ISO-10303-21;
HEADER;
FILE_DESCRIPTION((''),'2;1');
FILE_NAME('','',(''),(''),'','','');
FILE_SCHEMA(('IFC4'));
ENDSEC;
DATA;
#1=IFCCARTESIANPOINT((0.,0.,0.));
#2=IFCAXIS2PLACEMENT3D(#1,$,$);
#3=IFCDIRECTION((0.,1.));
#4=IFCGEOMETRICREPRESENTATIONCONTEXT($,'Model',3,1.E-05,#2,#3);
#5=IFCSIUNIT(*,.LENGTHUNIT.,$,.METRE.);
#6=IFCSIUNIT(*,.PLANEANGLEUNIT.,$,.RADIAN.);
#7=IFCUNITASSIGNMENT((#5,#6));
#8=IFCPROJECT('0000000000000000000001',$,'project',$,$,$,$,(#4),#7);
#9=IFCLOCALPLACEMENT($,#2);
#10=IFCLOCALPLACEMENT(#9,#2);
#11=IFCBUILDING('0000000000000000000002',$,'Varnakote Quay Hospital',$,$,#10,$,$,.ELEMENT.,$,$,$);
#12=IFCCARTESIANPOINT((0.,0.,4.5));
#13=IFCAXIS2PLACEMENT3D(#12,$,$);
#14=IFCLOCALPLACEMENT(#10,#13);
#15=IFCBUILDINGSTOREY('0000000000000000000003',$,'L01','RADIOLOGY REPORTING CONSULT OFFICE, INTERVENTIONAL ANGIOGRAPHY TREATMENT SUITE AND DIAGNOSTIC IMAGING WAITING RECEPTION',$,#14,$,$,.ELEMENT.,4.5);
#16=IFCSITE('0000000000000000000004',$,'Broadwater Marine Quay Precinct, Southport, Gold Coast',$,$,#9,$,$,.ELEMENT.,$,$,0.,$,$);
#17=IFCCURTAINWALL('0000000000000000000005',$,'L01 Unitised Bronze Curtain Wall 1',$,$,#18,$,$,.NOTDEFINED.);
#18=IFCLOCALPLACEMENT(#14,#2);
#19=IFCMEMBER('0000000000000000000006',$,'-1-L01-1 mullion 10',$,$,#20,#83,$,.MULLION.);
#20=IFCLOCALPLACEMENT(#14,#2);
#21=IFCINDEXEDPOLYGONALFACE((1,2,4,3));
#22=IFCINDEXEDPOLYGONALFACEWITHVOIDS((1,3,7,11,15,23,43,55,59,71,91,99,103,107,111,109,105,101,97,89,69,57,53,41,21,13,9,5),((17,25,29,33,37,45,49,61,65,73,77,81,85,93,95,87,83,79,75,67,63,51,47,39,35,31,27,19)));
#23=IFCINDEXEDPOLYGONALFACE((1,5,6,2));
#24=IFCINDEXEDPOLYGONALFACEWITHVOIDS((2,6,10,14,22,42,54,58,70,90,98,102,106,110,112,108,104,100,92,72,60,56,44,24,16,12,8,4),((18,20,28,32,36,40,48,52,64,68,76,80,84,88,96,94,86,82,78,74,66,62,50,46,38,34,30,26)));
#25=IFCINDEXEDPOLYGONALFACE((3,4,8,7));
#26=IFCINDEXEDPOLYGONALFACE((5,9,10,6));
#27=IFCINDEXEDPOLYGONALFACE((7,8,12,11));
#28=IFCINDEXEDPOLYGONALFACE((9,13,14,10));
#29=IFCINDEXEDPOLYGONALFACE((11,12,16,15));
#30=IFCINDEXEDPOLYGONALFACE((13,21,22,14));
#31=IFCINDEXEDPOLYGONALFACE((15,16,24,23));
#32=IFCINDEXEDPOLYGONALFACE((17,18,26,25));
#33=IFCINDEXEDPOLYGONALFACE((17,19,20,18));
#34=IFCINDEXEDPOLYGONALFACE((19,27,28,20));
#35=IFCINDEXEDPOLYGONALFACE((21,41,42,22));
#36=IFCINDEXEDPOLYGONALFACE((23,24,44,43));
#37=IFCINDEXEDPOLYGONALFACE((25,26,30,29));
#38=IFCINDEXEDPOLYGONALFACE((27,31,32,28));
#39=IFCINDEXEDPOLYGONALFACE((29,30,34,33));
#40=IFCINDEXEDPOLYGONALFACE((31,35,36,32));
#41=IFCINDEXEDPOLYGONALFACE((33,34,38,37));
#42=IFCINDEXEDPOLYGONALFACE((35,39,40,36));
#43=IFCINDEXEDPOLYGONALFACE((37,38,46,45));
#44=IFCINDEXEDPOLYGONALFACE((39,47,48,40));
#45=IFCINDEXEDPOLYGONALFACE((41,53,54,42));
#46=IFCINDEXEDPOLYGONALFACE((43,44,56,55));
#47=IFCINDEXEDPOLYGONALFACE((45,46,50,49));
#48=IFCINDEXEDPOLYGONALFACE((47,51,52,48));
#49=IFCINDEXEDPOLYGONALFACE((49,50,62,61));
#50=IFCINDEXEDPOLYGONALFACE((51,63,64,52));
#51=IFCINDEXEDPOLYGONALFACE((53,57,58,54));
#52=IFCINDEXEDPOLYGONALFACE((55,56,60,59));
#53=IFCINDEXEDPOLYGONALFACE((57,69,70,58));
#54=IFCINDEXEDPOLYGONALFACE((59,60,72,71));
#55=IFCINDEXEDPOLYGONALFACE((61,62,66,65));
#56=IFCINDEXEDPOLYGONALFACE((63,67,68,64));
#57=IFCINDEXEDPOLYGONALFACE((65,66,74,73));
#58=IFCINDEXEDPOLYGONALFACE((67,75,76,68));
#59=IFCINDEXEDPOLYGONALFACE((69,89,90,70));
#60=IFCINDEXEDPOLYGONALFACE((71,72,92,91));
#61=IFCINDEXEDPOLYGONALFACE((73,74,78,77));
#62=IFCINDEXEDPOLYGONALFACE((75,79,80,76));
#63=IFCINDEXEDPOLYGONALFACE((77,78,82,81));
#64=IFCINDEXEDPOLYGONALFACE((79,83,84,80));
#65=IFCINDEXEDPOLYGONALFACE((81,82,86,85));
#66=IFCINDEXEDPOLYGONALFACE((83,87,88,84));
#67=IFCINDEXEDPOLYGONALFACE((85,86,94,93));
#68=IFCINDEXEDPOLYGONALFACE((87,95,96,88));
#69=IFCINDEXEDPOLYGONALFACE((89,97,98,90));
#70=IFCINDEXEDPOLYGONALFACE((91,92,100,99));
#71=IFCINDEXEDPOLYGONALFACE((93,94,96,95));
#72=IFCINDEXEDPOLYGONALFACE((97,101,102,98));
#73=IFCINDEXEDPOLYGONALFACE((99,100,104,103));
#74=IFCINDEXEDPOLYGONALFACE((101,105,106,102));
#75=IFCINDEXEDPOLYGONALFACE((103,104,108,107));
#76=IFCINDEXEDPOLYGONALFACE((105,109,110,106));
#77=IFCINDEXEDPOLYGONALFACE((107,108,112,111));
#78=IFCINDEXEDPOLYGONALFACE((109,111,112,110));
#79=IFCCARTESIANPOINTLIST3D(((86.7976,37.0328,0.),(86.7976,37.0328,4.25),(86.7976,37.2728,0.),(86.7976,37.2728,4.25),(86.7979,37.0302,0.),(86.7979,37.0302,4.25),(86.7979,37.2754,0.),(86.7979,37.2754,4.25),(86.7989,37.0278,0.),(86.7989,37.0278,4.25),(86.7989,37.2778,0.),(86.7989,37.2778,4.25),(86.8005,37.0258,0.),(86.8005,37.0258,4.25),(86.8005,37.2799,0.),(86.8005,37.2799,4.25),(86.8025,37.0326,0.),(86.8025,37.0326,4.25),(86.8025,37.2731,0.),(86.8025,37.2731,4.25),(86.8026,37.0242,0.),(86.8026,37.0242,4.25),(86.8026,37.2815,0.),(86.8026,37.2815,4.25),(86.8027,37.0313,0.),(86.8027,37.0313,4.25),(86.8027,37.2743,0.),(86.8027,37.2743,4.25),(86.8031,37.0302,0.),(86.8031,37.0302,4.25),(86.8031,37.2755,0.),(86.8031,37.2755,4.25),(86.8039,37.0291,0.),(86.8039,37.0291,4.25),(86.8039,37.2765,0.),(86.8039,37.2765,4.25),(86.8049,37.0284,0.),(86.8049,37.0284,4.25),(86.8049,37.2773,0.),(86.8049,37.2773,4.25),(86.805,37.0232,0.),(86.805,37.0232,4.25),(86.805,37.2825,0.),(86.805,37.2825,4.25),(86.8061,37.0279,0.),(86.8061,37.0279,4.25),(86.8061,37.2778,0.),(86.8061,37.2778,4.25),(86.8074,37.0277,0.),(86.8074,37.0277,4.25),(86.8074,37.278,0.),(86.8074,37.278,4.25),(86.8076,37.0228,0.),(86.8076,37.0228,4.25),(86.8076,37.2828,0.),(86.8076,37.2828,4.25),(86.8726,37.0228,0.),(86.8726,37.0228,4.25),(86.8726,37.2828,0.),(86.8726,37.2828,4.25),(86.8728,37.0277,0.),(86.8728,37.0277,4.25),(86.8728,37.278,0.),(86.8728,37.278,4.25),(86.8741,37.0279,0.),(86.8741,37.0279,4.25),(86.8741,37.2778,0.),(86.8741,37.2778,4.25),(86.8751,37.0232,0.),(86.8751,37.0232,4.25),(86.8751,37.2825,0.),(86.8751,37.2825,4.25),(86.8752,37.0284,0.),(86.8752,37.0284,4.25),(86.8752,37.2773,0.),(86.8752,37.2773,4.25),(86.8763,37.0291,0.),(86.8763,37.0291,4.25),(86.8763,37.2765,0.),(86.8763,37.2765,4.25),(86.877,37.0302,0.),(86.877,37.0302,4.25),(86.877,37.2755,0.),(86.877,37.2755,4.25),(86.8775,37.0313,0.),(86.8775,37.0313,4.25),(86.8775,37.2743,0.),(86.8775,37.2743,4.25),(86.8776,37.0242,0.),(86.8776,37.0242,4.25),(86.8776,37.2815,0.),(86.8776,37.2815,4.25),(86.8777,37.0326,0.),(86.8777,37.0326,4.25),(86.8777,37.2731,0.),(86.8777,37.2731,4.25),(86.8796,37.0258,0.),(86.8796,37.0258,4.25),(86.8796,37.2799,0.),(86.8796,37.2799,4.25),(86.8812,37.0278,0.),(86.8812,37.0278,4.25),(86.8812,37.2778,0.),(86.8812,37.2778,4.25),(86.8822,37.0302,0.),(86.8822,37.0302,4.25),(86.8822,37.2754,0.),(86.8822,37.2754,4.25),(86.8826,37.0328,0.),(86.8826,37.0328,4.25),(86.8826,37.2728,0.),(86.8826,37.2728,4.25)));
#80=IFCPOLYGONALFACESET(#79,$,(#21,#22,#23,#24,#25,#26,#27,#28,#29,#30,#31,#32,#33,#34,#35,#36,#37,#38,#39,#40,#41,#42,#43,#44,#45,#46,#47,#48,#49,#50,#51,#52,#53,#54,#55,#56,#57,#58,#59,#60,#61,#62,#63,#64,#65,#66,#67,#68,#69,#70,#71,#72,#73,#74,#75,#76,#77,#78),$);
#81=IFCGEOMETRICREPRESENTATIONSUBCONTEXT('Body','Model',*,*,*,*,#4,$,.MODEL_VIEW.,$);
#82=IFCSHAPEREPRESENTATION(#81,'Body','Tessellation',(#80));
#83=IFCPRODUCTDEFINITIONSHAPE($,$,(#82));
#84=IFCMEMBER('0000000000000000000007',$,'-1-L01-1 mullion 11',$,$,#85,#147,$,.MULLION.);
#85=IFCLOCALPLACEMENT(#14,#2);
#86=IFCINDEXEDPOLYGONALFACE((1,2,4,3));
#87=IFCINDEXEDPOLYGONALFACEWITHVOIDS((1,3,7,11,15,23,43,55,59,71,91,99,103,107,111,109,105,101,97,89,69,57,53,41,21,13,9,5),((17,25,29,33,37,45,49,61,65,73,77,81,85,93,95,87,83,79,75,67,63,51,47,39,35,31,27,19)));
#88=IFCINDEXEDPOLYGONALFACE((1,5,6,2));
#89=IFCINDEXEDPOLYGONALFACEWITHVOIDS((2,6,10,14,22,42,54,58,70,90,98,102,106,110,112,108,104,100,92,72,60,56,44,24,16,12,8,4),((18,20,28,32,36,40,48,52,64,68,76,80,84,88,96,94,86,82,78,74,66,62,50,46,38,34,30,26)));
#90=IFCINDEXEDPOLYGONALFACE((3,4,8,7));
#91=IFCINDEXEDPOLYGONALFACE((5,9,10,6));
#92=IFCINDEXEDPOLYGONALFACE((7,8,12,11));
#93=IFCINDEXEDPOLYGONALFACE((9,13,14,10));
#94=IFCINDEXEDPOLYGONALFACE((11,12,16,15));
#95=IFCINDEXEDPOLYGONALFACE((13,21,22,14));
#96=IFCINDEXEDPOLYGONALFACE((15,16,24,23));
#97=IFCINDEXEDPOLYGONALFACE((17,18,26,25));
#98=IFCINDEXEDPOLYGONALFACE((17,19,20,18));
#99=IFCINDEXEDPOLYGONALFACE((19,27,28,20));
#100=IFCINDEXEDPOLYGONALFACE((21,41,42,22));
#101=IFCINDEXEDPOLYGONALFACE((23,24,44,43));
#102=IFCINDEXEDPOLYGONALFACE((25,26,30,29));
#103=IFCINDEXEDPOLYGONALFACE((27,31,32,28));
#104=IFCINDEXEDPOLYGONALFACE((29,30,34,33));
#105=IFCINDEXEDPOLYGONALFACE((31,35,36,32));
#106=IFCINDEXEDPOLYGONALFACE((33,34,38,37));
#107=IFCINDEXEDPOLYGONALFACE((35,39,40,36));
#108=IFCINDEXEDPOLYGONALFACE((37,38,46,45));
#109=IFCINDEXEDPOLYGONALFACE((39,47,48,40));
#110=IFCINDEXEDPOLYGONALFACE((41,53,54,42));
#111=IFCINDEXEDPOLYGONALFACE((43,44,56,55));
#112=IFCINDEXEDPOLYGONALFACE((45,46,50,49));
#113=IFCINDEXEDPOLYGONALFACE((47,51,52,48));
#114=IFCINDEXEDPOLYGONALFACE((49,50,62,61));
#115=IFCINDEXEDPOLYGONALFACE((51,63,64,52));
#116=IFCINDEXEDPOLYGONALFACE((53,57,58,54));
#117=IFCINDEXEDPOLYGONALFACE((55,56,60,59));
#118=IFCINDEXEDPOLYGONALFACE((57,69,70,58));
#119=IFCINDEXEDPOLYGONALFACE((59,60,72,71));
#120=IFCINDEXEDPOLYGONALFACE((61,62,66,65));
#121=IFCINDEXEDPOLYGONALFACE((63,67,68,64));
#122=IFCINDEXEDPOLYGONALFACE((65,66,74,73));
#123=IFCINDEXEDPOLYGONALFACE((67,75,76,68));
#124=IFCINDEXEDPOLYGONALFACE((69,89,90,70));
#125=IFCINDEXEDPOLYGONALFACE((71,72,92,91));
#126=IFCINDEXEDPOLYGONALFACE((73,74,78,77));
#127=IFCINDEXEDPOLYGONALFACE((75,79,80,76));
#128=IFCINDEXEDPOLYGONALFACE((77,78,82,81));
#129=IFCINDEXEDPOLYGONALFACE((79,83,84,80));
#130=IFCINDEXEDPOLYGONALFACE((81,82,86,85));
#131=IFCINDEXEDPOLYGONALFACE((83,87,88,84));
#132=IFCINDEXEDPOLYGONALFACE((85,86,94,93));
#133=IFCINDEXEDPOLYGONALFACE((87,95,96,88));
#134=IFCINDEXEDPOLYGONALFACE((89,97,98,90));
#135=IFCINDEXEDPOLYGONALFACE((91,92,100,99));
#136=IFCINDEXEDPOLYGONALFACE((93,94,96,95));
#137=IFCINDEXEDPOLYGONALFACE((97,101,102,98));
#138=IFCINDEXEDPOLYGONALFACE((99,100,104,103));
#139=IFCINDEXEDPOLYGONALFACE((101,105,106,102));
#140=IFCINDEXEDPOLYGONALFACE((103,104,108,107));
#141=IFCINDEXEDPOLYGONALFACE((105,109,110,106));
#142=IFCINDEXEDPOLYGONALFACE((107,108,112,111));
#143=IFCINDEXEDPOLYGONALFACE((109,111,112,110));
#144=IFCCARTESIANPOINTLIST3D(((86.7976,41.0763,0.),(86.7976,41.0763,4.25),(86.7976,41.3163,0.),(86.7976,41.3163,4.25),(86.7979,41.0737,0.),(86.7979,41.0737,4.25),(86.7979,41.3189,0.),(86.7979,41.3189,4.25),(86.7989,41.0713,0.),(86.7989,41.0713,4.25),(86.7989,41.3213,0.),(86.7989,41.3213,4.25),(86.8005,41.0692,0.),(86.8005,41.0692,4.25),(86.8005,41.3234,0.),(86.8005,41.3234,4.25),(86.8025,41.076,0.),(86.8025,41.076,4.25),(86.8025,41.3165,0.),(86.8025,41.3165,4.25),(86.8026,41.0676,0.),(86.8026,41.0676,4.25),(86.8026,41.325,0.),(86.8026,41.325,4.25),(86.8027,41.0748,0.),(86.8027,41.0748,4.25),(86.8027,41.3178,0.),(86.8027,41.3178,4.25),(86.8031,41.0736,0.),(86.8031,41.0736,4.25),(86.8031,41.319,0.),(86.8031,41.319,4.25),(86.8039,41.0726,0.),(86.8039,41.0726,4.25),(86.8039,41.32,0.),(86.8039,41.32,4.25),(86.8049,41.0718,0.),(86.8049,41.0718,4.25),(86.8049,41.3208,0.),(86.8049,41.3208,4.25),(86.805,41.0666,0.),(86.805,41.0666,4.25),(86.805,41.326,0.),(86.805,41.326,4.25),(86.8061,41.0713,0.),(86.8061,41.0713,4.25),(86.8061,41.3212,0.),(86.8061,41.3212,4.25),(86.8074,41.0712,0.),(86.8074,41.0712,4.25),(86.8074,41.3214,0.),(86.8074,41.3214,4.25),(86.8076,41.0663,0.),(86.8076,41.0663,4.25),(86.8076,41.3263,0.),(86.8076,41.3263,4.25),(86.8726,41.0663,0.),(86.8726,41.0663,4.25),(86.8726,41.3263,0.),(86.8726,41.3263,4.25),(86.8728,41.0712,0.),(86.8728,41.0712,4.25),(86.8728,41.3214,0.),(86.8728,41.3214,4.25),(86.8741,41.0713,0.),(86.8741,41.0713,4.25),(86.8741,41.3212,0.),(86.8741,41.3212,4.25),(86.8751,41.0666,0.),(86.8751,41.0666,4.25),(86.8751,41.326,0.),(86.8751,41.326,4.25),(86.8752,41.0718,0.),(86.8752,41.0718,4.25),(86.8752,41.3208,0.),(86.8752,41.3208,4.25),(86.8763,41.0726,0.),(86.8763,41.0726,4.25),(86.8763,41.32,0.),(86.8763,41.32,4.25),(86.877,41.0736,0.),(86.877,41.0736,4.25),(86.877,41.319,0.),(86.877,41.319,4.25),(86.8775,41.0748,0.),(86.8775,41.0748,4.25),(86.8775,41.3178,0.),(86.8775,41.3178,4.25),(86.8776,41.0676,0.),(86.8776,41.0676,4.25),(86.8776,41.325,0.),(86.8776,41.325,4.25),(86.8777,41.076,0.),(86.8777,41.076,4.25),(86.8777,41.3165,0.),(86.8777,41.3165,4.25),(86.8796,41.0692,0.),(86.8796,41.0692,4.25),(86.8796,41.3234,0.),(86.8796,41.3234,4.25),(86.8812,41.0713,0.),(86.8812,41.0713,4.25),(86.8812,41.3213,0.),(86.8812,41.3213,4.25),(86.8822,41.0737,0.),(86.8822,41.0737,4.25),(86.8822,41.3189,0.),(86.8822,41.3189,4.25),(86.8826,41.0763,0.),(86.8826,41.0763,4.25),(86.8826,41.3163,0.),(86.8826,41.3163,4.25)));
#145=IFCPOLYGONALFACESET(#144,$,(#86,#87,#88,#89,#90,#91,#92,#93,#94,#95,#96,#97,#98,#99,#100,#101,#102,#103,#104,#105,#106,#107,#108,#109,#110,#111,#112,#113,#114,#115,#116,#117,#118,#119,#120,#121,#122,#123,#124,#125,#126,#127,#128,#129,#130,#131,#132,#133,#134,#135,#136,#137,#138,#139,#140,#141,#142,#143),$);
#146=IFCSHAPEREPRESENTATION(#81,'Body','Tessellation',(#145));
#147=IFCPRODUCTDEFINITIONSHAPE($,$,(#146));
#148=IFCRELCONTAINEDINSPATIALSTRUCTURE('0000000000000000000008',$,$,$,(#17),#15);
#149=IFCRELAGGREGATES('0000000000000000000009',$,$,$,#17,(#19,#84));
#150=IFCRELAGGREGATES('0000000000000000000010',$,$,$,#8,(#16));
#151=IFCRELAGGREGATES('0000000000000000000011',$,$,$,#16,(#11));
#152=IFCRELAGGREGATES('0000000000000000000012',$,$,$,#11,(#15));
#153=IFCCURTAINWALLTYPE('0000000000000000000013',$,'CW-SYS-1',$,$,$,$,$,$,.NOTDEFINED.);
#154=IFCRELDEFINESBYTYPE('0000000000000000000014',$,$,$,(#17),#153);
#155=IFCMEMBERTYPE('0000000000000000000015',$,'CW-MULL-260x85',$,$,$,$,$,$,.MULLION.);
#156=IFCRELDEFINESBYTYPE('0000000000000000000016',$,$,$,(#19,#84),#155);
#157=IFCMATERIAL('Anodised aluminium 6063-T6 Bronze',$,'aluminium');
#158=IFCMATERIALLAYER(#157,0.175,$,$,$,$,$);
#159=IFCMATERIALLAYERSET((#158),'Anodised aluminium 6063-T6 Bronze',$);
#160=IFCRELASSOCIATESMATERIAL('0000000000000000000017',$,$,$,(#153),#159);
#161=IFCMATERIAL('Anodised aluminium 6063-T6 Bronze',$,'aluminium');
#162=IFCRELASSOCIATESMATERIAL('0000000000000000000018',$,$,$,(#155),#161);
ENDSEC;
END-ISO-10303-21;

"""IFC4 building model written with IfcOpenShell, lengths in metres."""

from ifc_helpers import new_model, si_unit, direction, frame, origin, origin_2d, place, context, subcontext, project, spatial, hollow_rectangle, extrude, material, layer, layer_set, material_profile, profile_set, type_object, element, aggregate, save


model = new_model("IFC4")

# Units and contexts
model_context = context("Model", 3, precision=1e-05, world=origin(), true_north=direction((0.0, 1.0)))
body_context = subcontext(model_context, "Body", "Model", "MODEL_VIEW")
ifc_project = project(units=[si_unit("LENGTHUNIT", "METRE"), si_unit("PLANEANGLEUNIT", "RADIAN")], contexts=[model_context])

# Site, building, storey
site_placement = place(None, origin())
site = spatial("IfcSite", under=ifc_project, at=site_placement, Name="Broadwater Marine Quay Precinct, Southport, Gold Coast", CompositionType="ELEMENT", RefElevation=0.0)
building_placement = place(site_placement, origin())
building = spatial("IfcBuilding", under=site, at=building_placement, Name="Varnakote Quay Hospital", CompositionType="ELEMENT")
storey_placement = place(building_placement, frame((0.0, 0.0, 4.5)))
storey = spatial("IfcBuildingStorey", under=building, at=storey_placement, Name="L01", Description="RADIOLOGY REPORTING CONSULT OFFICE, INTERVENTIONAL ANGIOGRAPHY TREATMENT SUITE AND DIAGNOSTIC IMAGING WAITING RECEPTION", CompositionType="ELEMENT", Elevation=4.5)

# Curtain wall, members
ifc_material_1 = material(Name="Anodised aluminium 6063-T6 Bronze", Category="aluminium")
ifc_layer_1 = layer(ifc_material_1, 0.175)
ifc_layer_set_1 = layer_set([ifc_layer_1], Name="Anodised aluminium 6063-T6 Bronze")
curtain_wall_type = type_object("IfcCurtainWallType", Name="CW-SYS-1", PredefinedType="NOTDEFINED", material=ifc_layer_set_1)
curtain_wall_placement = place(storey_placement, origin())
curtain_wall = element("IfcCurtainWall", 1, at=curtain_wall_placement, inside=storey, type_object=curtain_wall_type, Name="L01 Unitised Bronze Curtain Wall 1", PredefinedType="NOTDEFINED")
ifc_material_2 = material(Name="Anodised aluminium 6063-T6 Bronze", Category="aluminium")
ifc_material_profile_1 = material_profile(ifc_material_2, hollow_rectangle(XDim=0.085, YDim=0.26, WallThickness=0.0049, InnerFilletRadius=0.0049, OuterFilletRadius=0.01, at=origin_2d()), Name="CW-MULL-260x85")
ifc_profile_set_1 = profile_set([ifc_material_profile_1], Name="Anodised aluminium 6063-T6 Bronze")
member_type_1 = type_object("IfcMemberType", Name="CW-MULL-260x85", PredefinedType="MULLION", material=ifc_profile_set_1)
member_1_placement = place(storey_placement, frame((86.8401, 37.1528, 0.0), z_axis=(0.0, 0.0, 1.0), x_axis=(-1.0, 0.0, 0.0)))
member_1 = element("IfcMember", 2, at=member_1_placement, type_object=member_type_1, Name="-1-L01-1 mullion 10", PredefinedType="MULLION", context=body_context, shape_type="SweptSolid", body=[
    extrude(hollow_rectangle(XDim=0.085, YDim=0.26, WallThickness=0.0049, InnerFilletRadius=0.0049, OuterFilletRadius=0.01, at=origin_2d()), origin(), (0.0, 0.0, 1.0), 4.25),
])
member_2_placement = place(storey_placement, frame((86.8401, 41.1963, 0.0), z_axis=(0.0, 0.0, 1.0), x_axis=(-1.0, 0.0, 0.0)))
member_2 = element("IfcMember", 3, at=member_2_placement, type_object=member_type_1, Name="-1-L01-1 mullion 11", PredefinedType="MULLION", context=body_context, shape_type="SweptSolid", body=[
    extrude(hollow_rectangle(XDim=0.085, YDim=0.26, WallThickness=0.0049, InnerFilletRadius=0.0049, OuterFilletRadius=0.01, at=origin_2d()), origin(), (0.0, 0.0, 1.0), 4.25),
])

aggregate(curtain_wall, [member_1, member_2])

save(model, "model.ifc")
